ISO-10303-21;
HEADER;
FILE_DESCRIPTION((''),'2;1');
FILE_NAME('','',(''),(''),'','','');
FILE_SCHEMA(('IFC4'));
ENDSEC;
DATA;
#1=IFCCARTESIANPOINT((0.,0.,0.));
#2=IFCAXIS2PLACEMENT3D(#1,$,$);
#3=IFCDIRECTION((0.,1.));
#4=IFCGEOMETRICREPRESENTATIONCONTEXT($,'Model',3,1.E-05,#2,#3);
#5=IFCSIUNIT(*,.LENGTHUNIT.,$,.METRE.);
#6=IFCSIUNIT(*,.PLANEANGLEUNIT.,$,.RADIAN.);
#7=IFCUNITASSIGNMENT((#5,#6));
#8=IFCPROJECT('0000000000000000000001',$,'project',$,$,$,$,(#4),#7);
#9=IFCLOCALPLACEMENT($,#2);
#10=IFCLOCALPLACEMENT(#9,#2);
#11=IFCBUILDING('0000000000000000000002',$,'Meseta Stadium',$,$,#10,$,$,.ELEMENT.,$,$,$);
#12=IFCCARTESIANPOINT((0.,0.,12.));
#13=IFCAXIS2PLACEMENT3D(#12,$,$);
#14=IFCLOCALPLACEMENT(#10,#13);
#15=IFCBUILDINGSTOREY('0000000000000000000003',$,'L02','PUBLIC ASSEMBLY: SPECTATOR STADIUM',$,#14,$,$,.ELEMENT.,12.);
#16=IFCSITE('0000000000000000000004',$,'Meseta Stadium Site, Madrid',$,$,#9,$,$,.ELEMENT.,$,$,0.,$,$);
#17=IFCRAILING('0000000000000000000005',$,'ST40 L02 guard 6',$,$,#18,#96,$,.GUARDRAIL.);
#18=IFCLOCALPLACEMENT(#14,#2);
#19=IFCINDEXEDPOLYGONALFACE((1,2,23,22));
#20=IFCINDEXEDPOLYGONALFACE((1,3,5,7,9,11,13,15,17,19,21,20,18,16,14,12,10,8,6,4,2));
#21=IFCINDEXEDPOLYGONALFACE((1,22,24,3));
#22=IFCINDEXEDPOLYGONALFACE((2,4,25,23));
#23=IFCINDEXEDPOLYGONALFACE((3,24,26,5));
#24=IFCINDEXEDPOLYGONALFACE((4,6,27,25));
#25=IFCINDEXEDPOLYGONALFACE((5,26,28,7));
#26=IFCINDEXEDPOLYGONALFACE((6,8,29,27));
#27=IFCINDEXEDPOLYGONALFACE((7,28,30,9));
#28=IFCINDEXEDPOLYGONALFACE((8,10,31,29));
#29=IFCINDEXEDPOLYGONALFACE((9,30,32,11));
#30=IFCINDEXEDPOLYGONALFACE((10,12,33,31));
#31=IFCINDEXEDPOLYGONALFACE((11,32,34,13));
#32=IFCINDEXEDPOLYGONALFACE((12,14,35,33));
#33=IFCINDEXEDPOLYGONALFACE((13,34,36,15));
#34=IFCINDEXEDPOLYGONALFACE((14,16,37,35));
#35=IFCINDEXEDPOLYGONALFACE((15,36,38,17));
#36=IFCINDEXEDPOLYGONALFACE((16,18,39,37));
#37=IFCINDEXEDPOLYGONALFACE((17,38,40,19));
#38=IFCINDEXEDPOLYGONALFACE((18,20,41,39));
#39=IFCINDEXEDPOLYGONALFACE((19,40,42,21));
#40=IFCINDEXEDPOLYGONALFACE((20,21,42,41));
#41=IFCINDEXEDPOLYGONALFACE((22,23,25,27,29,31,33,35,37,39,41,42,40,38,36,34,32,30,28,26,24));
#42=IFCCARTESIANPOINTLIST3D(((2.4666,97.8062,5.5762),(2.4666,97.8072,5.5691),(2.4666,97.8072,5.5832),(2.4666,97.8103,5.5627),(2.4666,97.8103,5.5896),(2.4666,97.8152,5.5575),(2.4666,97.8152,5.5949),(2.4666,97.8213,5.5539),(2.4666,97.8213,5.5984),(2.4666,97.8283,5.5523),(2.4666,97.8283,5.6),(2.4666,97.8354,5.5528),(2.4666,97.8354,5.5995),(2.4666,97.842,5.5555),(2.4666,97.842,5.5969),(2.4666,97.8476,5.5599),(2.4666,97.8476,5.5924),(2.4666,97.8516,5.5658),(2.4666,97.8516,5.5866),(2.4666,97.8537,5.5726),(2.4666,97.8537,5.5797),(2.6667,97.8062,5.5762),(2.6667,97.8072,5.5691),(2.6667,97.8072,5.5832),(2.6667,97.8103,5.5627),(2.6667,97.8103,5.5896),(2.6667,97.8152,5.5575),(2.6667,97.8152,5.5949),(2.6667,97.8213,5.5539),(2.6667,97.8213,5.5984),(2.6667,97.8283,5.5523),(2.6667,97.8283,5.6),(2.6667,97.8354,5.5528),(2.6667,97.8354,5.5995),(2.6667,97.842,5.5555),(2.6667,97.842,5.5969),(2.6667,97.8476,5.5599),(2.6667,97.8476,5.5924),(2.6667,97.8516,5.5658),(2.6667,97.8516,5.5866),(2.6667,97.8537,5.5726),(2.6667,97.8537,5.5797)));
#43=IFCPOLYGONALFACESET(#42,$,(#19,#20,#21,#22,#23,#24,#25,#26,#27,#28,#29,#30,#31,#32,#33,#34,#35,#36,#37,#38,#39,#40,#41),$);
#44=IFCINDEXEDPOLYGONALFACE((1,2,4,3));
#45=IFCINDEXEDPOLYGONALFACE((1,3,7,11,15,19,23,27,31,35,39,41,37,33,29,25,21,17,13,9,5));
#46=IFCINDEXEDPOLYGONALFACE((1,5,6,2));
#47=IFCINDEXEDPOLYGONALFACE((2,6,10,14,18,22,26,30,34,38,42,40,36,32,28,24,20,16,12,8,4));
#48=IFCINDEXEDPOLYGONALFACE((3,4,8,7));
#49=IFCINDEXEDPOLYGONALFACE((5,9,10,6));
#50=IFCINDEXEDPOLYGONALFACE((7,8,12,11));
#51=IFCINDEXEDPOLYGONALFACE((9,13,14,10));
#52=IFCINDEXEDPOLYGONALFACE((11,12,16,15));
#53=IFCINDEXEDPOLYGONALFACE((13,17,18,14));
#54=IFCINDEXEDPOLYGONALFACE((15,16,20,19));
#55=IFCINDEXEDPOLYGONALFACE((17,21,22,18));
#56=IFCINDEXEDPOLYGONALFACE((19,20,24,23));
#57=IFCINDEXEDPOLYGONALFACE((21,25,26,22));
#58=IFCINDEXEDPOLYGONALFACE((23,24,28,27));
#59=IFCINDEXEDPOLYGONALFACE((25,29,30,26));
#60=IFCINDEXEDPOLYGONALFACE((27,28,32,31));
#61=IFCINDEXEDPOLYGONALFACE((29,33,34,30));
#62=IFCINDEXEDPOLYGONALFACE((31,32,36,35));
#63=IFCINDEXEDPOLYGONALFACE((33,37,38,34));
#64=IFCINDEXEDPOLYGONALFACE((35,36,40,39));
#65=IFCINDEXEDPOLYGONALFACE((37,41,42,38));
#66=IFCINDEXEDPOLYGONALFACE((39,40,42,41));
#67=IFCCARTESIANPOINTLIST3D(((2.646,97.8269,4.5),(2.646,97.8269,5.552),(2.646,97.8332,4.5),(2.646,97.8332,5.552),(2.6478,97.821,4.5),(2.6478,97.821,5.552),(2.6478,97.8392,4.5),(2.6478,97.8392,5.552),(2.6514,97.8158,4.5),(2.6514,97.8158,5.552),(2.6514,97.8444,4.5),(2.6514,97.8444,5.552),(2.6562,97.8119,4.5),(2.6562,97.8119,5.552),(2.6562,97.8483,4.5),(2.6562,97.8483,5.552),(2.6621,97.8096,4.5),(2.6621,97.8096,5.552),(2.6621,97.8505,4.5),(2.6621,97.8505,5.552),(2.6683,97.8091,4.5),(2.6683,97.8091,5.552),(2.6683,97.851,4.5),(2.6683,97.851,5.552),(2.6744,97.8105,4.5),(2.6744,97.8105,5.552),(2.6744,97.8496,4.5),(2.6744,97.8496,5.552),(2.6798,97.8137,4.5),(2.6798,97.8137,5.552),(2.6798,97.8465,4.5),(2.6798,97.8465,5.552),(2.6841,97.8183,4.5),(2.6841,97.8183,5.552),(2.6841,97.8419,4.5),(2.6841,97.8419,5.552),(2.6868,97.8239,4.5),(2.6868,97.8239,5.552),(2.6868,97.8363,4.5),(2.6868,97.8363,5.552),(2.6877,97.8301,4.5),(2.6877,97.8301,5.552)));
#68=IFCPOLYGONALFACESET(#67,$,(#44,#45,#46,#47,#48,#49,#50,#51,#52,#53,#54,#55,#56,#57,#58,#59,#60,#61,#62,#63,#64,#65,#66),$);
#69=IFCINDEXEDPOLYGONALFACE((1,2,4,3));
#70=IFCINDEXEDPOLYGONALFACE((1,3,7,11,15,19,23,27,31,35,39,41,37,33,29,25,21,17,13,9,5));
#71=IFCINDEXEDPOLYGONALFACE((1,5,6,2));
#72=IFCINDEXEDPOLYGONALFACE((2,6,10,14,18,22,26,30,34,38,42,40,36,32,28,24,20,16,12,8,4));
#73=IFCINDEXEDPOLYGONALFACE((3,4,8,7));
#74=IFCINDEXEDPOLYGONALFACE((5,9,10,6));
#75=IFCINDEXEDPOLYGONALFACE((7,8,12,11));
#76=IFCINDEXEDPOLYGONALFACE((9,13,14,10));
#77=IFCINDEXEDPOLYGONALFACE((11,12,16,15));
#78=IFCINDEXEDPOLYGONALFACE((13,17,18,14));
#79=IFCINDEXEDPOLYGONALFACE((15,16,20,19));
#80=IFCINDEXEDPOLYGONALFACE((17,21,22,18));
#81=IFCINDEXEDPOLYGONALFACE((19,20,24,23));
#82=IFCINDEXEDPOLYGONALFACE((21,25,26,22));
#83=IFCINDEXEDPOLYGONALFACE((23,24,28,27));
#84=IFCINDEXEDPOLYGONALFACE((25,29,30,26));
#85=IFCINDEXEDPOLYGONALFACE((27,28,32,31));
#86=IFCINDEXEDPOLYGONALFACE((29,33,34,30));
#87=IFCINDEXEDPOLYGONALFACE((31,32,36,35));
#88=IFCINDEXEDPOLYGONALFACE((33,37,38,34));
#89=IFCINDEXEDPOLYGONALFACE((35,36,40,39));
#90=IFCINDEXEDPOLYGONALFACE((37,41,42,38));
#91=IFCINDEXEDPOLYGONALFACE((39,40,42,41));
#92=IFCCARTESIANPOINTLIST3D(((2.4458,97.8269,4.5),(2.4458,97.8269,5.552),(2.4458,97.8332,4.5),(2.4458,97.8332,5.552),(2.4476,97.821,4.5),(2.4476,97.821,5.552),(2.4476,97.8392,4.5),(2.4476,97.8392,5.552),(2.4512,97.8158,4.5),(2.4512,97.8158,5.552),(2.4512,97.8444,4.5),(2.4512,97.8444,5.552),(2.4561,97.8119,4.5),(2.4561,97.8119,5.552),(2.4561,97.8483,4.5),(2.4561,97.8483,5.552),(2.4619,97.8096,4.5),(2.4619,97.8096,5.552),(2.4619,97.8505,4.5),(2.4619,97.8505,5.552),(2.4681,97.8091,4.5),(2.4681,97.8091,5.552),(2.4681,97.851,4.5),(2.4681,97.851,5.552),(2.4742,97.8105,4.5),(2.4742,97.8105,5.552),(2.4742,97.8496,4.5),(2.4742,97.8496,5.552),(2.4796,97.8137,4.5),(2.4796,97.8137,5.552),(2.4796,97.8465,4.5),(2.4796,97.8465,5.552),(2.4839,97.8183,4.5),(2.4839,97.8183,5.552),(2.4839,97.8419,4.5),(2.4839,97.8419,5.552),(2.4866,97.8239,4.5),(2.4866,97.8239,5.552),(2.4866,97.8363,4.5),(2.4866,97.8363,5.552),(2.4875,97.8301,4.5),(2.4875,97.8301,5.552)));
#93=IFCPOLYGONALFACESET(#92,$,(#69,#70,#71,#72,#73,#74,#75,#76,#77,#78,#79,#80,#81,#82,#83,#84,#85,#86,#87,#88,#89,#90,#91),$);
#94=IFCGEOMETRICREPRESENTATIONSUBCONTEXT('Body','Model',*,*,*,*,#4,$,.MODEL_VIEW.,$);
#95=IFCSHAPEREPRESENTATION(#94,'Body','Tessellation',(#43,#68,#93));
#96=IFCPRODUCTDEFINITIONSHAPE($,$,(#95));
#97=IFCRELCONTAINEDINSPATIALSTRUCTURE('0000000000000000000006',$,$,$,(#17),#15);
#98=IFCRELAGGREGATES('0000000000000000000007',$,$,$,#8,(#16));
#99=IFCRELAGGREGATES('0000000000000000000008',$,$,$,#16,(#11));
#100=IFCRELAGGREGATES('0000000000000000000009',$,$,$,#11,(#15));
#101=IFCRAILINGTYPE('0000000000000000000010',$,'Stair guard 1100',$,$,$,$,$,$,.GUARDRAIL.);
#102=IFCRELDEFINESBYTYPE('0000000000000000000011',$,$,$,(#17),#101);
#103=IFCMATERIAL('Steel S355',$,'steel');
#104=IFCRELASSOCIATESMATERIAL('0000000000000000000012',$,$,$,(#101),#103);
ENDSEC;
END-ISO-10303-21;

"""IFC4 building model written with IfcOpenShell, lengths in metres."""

from ifc_helpers import new_model, si_unit, direction, frame, origin, origin_2d, place, context, subcontext, project, spatial, circle, extrude, material, type_object, element, save


model = new_model("IFC4")

# Units and contexts
model_context = context("Model", 3, precision=1e-05, world=origin(), true_north=direction((0.0, 1.0)))
body_context = subcontext(model_context, "Body", "Model", "MODEL_VIEW")
ifc_project = project(units=[si_unit("LENGTHUNIT", "METRE"), si_unit("PLANEANGLEUNIT", "RADIAN")], contexts=[model_context])

# Site, building, storey
site_placement = place(None, origin())
site = spatial("IfcSite", under=ifc_project, at=site_placement, Name="Meseta Stadium Site, Madrid", CompositionType="ELEMENT", RefElevation=0.0)
building_placement = place(site_placement, origin())
building = spatial("IfcBuilding", under=site, at=building_placement, Name="Meseta Stadium", CompositionType="ELEMENT")
storey_placement = place(building_placement, frame((0.0, 0.0, 12.0)))
storey = spatial("IfcBuildingStorey", under=building, at=storey_placement, Name="L02", Description="PUBLIC ASSEMBLY: SPECTATOR STADIUM", CompositionType="ELEMENT", Elevation=12.0)

# Railing
ifc_material_1 = material(Name="Steel S355", Category="steel")
railing_type_1 = type_object("IfcRailingType", Name="Stair guard 1100", PredefinedType="GUARDRAIL", material=ifc_material_1)
railing_1_placement = place(storey_placement, frame((2.6667, 97.8301, 4.5)))
element("IfcRailing", 1, at=railing_1_placement, inside=storey, type_object=railing_type_1, Name="ST40 L02 guard 6", PredefinedType="GUARDRAIL", context=body_context, shape_type="SweptSolid", body=[
    extrude(circle(Radius=0.0239, at=origin_2d()), frame((0.0, 0.0, 1.0762), z_axis=(-1.0, 0.0, 0.0), x_axis=(0.0, -1.0, 0.0)), (0.0, 0.0, 1.0), 0.2002),
    extrude(circle(Radius=0.021, at=origin_2d()), origin(), (0.0, 0.0, 1.0), 1.052),
    extrude(circle(Radius=0.021, at=origin_2d()), frame((-0.2002, 0.0, 0.0)), (0.0, 0.0, 1.0), 1.052),
])

save(model, "model.ifc")
